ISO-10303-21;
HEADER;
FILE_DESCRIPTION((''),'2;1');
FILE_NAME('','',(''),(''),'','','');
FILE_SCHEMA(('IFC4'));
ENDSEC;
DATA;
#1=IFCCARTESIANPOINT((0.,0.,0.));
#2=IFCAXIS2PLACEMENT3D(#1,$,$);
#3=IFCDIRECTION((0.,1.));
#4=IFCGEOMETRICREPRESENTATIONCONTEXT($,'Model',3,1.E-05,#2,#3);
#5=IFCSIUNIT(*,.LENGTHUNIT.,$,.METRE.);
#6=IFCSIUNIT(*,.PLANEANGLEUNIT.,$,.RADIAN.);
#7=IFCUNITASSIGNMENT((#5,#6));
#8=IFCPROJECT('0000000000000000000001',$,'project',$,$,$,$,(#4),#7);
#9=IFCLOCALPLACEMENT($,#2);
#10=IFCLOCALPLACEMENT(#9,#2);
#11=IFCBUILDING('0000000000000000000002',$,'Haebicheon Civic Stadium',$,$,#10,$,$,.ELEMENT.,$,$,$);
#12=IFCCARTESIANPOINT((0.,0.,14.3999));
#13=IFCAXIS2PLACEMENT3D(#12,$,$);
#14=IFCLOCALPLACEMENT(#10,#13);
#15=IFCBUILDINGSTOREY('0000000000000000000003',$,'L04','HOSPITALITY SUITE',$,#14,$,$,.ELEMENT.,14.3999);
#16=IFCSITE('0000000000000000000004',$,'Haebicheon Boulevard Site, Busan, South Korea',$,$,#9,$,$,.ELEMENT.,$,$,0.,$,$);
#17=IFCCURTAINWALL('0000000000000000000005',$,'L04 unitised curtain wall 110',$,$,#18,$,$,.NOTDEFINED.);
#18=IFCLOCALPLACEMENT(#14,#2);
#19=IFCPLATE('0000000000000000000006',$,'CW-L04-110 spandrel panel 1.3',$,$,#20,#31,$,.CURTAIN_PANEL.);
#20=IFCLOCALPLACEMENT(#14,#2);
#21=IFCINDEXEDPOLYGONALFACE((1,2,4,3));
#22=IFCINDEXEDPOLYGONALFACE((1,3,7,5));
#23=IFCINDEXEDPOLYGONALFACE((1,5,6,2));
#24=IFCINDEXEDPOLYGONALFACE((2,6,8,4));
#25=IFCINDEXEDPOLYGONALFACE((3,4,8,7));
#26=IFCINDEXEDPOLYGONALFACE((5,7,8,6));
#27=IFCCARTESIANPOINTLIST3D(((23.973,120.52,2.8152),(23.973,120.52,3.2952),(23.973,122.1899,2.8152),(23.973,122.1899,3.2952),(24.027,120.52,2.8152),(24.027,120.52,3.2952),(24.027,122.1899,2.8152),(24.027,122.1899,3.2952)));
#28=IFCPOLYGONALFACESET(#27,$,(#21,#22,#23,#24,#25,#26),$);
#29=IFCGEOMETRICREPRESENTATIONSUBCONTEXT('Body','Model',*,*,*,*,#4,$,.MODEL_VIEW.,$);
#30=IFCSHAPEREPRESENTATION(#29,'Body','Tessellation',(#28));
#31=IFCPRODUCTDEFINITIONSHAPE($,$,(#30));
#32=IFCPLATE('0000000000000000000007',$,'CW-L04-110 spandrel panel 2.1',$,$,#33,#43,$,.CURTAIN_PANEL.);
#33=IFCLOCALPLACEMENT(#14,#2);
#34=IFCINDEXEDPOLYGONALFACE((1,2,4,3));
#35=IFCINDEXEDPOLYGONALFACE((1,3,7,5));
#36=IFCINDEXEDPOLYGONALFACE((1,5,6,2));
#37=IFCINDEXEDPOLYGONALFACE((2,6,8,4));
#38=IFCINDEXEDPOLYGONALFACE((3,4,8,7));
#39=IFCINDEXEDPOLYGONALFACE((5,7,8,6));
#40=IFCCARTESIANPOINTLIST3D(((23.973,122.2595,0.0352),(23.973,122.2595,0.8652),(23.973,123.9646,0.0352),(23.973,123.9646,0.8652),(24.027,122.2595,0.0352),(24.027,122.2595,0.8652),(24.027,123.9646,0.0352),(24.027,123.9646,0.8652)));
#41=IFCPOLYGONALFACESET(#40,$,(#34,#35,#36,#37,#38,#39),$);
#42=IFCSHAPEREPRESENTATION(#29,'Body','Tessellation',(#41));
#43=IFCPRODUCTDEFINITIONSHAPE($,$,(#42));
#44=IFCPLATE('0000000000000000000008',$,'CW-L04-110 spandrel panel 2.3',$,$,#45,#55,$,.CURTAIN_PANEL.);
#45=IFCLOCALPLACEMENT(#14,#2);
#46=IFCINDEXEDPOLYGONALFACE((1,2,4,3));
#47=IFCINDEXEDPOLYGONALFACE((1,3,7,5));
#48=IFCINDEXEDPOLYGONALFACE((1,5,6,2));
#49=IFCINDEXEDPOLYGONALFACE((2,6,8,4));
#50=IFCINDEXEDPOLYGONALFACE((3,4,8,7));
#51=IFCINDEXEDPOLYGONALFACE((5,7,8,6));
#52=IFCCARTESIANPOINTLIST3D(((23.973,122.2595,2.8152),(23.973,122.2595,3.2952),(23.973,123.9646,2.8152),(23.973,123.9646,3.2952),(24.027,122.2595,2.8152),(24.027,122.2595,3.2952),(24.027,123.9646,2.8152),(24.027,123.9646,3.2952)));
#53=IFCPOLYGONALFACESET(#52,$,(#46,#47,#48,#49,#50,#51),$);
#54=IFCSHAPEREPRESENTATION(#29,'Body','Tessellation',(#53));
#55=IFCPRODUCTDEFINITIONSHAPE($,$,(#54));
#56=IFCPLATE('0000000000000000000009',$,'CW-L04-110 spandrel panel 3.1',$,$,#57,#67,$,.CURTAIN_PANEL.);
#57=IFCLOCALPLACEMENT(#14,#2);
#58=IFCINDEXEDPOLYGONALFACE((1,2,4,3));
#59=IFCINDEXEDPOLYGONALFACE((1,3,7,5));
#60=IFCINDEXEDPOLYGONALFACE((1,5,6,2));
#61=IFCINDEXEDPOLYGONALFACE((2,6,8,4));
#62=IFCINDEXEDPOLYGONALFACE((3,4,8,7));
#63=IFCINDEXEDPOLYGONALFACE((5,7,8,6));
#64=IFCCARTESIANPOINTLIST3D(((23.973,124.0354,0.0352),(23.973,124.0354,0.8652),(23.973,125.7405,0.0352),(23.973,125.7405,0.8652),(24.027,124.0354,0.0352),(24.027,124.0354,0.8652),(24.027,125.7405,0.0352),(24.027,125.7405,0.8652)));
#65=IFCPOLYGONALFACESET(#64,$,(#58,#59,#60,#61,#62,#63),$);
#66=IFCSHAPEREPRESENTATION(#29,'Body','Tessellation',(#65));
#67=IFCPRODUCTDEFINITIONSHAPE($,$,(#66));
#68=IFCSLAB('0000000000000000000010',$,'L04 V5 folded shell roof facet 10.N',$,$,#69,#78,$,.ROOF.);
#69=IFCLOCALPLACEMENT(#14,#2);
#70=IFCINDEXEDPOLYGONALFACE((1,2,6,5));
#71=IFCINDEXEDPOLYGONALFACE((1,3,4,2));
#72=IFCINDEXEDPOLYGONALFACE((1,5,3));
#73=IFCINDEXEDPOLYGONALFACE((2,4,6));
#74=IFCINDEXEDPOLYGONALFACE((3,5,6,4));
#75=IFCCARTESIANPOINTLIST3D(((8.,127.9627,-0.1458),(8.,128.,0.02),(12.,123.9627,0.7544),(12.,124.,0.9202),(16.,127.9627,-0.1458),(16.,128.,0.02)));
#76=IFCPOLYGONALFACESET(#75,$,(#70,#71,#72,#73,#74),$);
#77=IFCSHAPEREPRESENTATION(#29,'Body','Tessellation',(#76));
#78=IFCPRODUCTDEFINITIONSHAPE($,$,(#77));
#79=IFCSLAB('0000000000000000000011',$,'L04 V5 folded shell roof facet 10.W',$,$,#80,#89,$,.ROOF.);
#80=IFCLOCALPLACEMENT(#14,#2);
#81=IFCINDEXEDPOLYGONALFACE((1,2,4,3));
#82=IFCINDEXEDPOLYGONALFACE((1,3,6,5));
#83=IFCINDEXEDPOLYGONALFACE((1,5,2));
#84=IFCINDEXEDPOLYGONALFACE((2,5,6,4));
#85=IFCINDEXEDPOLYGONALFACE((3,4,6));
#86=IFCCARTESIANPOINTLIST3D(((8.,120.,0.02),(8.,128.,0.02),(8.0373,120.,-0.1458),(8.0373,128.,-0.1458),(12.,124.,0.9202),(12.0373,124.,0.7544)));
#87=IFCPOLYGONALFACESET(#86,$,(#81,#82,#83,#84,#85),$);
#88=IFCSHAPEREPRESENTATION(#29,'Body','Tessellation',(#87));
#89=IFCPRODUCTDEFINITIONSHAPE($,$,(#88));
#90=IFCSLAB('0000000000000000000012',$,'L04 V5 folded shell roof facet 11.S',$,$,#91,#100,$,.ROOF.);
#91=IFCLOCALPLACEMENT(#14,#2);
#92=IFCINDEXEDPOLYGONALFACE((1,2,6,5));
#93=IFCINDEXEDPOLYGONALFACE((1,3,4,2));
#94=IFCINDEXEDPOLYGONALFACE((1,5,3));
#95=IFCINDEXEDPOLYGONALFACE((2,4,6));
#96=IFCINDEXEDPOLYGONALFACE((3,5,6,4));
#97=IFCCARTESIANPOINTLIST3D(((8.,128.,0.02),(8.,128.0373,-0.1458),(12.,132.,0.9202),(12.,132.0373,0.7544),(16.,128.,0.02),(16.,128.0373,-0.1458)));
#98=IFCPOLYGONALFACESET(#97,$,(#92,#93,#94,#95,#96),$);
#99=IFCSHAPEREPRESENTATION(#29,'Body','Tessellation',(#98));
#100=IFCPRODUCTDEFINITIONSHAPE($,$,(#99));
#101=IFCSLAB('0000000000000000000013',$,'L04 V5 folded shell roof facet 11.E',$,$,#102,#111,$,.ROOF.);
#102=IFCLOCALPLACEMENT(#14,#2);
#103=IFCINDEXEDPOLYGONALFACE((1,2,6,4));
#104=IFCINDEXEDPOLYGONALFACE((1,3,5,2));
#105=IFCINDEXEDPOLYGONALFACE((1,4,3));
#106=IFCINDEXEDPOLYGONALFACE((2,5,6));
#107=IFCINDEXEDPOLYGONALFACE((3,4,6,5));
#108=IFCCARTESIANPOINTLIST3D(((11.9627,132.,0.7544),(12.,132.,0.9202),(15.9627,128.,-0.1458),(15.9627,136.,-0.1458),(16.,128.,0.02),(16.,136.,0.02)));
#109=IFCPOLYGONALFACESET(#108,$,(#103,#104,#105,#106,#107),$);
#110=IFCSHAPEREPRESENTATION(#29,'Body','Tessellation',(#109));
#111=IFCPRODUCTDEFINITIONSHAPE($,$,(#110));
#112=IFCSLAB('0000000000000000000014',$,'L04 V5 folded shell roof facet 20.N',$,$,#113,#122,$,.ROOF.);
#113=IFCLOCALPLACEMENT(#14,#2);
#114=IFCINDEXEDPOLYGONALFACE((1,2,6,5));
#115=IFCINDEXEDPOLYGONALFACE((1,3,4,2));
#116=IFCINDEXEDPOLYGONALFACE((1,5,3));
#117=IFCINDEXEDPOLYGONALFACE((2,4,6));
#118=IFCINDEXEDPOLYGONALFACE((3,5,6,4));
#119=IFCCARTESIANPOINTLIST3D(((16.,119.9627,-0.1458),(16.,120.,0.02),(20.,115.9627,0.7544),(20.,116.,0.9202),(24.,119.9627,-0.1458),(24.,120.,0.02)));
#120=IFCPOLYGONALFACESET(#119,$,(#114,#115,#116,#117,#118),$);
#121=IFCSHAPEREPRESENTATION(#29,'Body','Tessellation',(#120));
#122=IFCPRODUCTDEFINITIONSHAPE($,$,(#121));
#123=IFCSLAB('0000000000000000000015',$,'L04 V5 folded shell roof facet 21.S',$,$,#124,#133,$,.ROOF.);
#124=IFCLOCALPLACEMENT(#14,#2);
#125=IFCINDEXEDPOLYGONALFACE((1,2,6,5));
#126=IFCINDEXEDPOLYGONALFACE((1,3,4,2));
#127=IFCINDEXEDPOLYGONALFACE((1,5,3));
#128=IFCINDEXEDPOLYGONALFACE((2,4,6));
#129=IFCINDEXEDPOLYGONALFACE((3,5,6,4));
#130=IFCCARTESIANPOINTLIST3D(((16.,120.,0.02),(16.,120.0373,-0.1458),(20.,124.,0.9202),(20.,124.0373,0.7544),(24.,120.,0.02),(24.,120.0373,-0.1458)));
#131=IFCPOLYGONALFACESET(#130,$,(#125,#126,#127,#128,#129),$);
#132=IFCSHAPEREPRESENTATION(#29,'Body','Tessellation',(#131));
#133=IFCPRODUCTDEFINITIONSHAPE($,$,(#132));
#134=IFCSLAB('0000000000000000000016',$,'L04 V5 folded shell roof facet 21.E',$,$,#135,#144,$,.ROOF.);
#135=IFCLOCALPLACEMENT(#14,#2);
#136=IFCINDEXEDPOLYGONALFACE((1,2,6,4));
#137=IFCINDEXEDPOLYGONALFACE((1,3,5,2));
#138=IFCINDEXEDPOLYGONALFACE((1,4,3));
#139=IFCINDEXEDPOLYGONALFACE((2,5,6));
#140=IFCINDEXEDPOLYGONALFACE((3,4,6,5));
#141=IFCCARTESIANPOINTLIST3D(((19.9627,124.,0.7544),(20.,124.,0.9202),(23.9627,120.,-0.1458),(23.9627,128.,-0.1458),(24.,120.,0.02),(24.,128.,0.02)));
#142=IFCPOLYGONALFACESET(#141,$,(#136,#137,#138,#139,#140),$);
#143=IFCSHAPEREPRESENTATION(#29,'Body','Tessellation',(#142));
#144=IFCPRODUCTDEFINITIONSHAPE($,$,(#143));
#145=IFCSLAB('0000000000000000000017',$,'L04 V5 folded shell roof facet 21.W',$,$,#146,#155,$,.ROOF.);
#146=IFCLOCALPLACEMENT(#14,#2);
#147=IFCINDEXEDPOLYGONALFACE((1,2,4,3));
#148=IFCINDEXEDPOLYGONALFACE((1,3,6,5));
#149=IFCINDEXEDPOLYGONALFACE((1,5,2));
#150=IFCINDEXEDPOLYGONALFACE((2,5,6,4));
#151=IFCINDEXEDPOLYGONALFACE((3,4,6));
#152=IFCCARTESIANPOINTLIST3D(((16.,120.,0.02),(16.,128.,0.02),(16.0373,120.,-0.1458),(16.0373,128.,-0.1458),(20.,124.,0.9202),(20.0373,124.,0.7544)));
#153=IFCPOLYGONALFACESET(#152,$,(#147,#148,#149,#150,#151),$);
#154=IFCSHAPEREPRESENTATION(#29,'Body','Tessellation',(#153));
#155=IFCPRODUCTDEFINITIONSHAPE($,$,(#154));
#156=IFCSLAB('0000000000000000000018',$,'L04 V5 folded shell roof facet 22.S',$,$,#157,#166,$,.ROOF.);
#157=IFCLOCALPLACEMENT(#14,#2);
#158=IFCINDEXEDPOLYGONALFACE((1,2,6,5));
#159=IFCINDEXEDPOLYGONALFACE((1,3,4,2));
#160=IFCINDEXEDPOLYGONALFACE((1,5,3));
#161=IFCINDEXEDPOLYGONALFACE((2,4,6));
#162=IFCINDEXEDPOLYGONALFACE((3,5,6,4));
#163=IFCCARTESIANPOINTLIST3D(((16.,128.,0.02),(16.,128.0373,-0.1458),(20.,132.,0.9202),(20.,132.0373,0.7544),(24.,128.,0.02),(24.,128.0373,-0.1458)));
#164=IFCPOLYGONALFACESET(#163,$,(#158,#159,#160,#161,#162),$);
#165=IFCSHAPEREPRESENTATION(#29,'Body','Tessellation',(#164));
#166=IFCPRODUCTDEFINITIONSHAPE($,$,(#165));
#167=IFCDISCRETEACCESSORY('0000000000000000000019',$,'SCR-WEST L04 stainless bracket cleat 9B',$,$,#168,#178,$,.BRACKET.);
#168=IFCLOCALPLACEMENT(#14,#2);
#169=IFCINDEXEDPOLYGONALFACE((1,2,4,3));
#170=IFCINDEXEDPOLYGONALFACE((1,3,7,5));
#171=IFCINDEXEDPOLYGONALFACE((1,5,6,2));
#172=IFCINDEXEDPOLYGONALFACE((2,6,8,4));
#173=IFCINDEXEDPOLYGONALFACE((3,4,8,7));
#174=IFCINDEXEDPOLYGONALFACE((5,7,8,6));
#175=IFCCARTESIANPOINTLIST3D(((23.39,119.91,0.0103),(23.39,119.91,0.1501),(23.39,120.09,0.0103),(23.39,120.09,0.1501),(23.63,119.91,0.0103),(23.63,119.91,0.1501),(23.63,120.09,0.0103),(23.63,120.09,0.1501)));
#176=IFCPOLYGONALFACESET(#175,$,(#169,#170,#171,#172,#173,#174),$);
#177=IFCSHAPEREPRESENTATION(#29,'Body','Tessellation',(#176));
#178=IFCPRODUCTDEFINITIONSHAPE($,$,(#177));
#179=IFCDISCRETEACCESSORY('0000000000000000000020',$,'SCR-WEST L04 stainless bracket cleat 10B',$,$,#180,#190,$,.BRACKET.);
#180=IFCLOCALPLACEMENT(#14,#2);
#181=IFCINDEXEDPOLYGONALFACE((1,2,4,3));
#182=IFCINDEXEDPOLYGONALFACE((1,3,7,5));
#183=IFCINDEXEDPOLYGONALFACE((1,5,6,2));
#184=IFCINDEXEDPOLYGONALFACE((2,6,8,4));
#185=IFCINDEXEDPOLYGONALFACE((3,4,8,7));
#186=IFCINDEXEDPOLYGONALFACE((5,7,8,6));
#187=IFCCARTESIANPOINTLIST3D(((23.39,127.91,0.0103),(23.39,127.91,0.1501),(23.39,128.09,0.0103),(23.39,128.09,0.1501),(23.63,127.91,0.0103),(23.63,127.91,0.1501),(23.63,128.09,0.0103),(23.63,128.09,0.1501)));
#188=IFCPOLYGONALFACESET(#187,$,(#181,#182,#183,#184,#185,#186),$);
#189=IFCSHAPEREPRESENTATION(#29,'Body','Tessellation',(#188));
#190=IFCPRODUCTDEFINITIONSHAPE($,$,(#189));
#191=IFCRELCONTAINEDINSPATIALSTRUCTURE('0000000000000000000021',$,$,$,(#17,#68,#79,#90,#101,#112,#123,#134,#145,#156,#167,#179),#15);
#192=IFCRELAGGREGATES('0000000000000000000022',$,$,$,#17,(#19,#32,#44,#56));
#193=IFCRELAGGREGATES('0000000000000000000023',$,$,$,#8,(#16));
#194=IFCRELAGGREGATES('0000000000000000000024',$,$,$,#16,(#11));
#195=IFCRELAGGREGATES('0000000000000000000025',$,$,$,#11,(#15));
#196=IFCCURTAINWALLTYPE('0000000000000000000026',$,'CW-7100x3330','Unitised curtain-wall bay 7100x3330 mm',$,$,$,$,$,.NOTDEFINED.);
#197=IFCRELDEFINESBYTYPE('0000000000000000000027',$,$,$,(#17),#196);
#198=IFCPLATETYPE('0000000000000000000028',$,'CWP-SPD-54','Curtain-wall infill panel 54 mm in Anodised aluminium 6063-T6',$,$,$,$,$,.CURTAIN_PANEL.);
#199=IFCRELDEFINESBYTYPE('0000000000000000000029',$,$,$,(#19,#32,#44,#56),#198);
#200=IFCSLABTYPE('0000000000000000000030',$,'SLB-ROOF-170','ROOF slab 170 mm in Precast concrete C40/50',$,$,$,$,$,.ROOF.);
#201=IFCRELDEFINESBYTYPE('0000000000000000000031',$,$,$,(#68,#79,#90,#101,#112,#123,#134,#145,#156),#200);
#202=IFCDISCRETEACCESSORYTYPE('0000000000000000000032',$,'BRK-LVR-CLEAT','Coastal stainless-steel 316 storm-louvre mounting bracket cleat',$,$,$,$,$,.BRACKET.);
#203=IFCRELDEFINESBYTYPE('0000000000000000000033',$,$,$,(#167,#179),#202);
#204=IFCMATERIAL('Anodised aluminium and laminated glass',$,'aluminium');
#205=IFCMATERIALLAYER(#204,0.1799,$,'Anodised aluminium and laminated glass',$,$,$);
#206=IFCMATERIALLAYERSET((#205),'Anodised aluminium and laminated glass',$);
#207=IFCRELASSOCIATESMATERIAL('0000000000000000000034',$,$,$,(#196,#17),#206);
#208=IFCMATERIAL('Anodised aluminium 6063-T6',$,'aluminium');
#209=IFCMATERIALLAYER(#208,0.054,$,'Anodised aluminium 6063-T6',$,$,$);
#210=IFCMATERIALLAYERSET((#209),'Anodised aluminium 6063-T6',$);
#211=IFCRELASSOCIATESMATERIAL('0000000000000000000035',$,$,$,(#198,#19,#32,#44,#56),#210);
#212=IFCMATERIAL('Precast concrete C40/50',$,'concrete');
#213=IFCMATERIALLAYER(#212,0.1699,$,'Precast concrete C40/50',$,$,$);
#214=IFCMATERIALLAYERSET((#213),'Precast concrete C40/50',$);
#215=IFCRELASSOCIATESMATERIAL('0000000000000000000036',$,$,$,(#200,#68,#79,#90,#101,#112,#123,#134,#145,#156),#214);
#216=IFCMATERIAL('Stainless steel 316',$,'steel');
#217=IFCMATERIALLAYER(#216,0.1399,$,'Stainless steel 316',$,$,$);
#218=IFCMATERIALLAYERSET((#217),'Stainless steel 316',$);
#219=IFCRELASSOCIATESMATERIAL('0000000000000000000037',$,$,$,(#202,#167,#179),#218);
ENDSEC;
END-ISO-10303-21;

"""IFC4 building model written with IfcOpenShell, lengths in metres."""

from ifc_helpers import new_model, si_unit, direction, frame, origin, origin_2d, place, context, subcontext, project, spatial, polyline, rectangle, outline, extrude, material, layer, layer_set, type_object, element, aggregate, save


model = new_model("IFC4")

# Units and contexts
model_context = context("Model", 3, precision=1e-05, world=origin(), true_north=direction((0.0, 1.0)))
body_context = subcontext(model_context, "Body", "Model", "MODEL_VIEW")
ifc_project = project(units=[si_unit("LENGTHUNIT", "METRE"), si_unit("PLANEANGLEUNIT", "RADIAN")], contexts=[model_context])

# Site, building, storey
site_placement = place(None, origin())
site = spatial("IfcSite", under=ifc_project, at=site_placement, Name="Haebicheon Boulevard Site, Busan, South Korea", CompositionType="ELEMENT", RefElevation=0.0)
building_placement = place(site_placement, origin())
building = spatial("IfcBuilding", under=site, at=building_placement, Name="Haebicheon Civic Stadium", CompositionType="ELEMENT")
storey_placement = place(building_placement, frame((0.0, 0.0, 14.3999)))
storey = spatial("IfcBuildingStorey", under=building, at=storey_placement, Name="L04", Description="HOSPITALITY SUITE", CompositionType="ELEMENT", Elevation=14.3999)

# Curtain wall
ifc_material_1 = material(Name="Anodised aluminium and laminated glass", Category="aluminium")
ifc_layer_1 = layer(ifc_material_1, 0.1799, Name="Anodised aluminium and laminated glass")
ifc_layer_set_1 = layer_set([ifc_layer_1], Name="Anodised aluminium and laminated glass")
curtain_wall_type = type_object("IfcCurtainWallType", Name="CW-7100x3330", Description="Unitised curtain-wall bay 7100x3330 mm", PredefinedType="NOTDEFINED", material=ifc_layer_set_1)
curtain_wall_placement = place(storey_placement, origin())
curtain_wall = element("IfcCurtainWall", 1, at=curtain_wall_placement, inside=storey, type_object=curtain_wall_type, material=ifc_layer_set_1, Name="L04 unitised curtain wall 110", PredefinedType="NOTDEFINED")

# Plates
ifc_material_2 = material(Name="Anodised aluminium 6063-T6", Category="aluminium")
ifc_layer_2 = layer(ifc_material_2, 0.054, Name="Anodised aluminium 6063-T6")
ifc_layer_set_2 = layer_set([ifc_layer_2], Name="Anodised aluminium 6063-T6")
plate_type_1 = type_object("IfcPlateType", Name="CWP-SPD-54", Description="Curtain-wall infill panel 54 mm in Anodised aluminium 6063-T6", PredefinedType="CURTAIN_PANEL", material=ifc_layer_set_2)
plate_1_placement = place(storey_placement, frame((24.0, 121.355, 2.8152), z_axis=(0.0, 0.0, 1.0), x_axis=(0.0, 1.0, 0.0)))
plate_1 = element("IfcPlate", 2, at=plate_1_placement, type_object=plate_type_1, material=ifc_layer_set_2, Name="CW-L04-110 spandrel panel 1.3", PredefinedType="CURTAIN_PANEL", context=body_context, shape_type="SweptSolid", body=[
    extrude(rectangle(XDim=1.6699, YDim=0.054, at=origin_2d()), origin(), (0.0, 0.0, 1.0), 0.48),
])
plate_2_placement = place(storey_placement, frame((24.0, 123.1121, 0.0352), z_axis=(0.0, 0.0, 1.0), x_axis=(0.0, 1.0, 0.0)))
plate_2 = element("IfcPlate", 3, at=plate_2_placement, type_object=plate_type_1, material=ifc_layer_set_2, Name="CW-L04-110 spandrel panel 2.1", PredefinedType="CURTAIN_PANEL", context=body_context, shape_type="SweptSolid", body=[
    extrude(rectangle(XDim=1.7051, YDim=0.054, at=origin_2d()), origin(), (0.0, 0.0, 1.0), 0.8301),
])
plate_3_placement = place(storey_placement, frame((24.0, 123.1121, 2.8152), z_axis=(0.0, 0.0, 1.0), x_axis=(0.0, 1.0, 0.0)))
plate_3 = element("IfcPlate", 4, at=plate_3_placement, type_object=plate_type_1, material=ifc_layer_set_2, Name="CW-L04-110 spandrel panel 2.3", PredefinedType="CURTAIN_PANEL", context=body_context, shape_type="SweptSolid", body=[
    extrude(rectangle(XDim=1.7051, YDim=0.054, at=origin_2d()), origin(), (0.0, 0.0, 1.0), 0.48),
])
plate_4_placement = place(storey_placement, frame((24.0, 124.8879, 0.0352), z_axis=(0.0, 0.0, 1.0), x_axis=(0.0, 1.0, 0.0)))
plate_4 = element("IfcPlate", 5, at=plate_4_placement, type_object=plate_type_1, material=ifc_layer_set_2, Name="CW-L04-110 spandrel panel 3.1", PredefinedType="CURTAIN_PANEL", context=body_context, shape_type="SweptSolid", body=[
    extrude(rectangle(XDim=1.7051, YDim=0.054, at=origin_2d()), origin(), (0.0, 0.0, 1.0), 0.8301),
])
aggregate(curtain_wall, [plate_1, plate_2, plate_3, plate_4])

# Slabs
ifc_material_3 = material(Name="Precast concrete C40/50", Category="concrete")
ifc_layer_3 = layer(ifc_material_3, 0.1699, Name="Precast concrete C40/50")
ifc_layer_set_3 = layer_set([ifc_layer_3], Name="Precast concrete C40/50")
slab_type = type_object("IfcSlabType", Name="SLB-ROOF-170", Description="ROOF slab 170 mm in Precast concrete C40/50", PredefinedType="ROOF", material=ifc_layer_set_3)
for number, where, z_axis, x_axis, name in (
    (6, (16.0, 128.0, 0.02), (0.0, 0.219546, 0.975602), (-1.0, 0.0, 0.0), "L04 V5 folded shell roof facet 10.N"),
    (7, (8.0, 128.0, 0.02), (-0.219546, 0.0, 0.975602), (0.0, -1.0, 0.0), "L04 V5 folded shell roof facet 10.W"),
    (8, (8.0, 128.0, 0.02), (0.0, -0.219546, 0.975602), (1.0, 0.0, 0.0), "L04 V5 folded shell roof facet 11.S"),
    (9, (16.0, 128.0, 0.02), (0.219546, 0.0, 0.975602), (0.0, 1.0, 0.0), "L04 V5 folded shell roof facet 11.E"),
    (10, (24.0, 120.0, 0.02), (0.0, 0.219546, 0.975602), (-1.0, 0.0, 0.0), "L04 V5 folded shell roof facet 20.N"),
    (11, (16.0, 120.0, 0.02), (0.0, -0.219546, 0.975602), (1.0, 0.0, 0.0), "L04 V5 folded shell roof facet 21.S"),
    (12, (24.0, 120.0, 0.02), (0.219546, 0.0, 0.975602), (0.0, 1.0, 0.0), "L04 V5 folded shell roof facet 21.E"),
    (13, (16.0, 128.0, 0.02), (-0.219546, 0.0, 0.975602), (0.0, -1.0, 0.0), "L04 V5 folded shell roof facet 21.W"),
    (14, (16.0, 128.0, 0.02), (0.0, -0.219546, 0.975602), (1.0, 0.0, 0.0), "L04 V5 folded shell roof facet 22.S"),
):
    element("IfcSlab", number, at=place(storey_placement, frame(where, z_axis=z_axis, x_axis=x_axis)), inside=storey, type_object=slab_type, material=ifc_layer_set_3, Name=name, PredefinedType="ROOF", context=body_context, shape_type="SweptSolid", body=[
        extrude(outline(polyline([(0.0, 0.0), (8.0, 0.0), (4.0, 4.1), (0.0, 0.0)])), origin(), (0.0, 0.0, -1.0), 0.1699),
    ])

# Discrete accessories
ifc_material_4 = material(Name="Stainless steel 316", Category="steel")
ifc_layer_4 = layer(ifc_material_4, 0.1399, Name="Stainless steel 316")
ifc_layer_set_4 = layer_set([ifc_layer_4], Name="Stainless steel 316")
discrete_accessory_type = type_object("IfcDiscreteAccessoryType", Name="BRK-LVR-CLEAT", Description="Coastal stainless-steel 316 storm-louvre mounting bracket cleat", PredefinedType="BRACKET", material=ifc_layer_set_4)
for number, where, z_axis, x_axis, name in (
    (15, (23.51, 120.0, 0.0103), (0.0, 0.0, 1.0), (1.0, 0.0, 0.0), "SCR-WEST L04 stainless bracket cleat 9B"),
    (16, (23.51, 128.0, 0.0103), (0.0, 0.0, 1.0), (1.0, 0.0, 0.0), "SCR-WEST L04 stainless bracket cleat 10B"),
):
    element("IfcDiscreteAccessory", number, at=place(storey_placement, frame(where, z_axis=z_axis, x_axis=x_axis)), inside=storey, type_object=discrete_accessory_type, material=ifc_layer_set_4, Name=name, PredefinedType="BRACKET", context=body_context, shape_type="SweptSolid", body=[
        extrude(rectangle(XDim=0.24, YDim=0.1799, at=origin_2d()), origin(), (0.0, 0.0, 1.0), 0.1399),
    ])

save(model, "model.ifc")
